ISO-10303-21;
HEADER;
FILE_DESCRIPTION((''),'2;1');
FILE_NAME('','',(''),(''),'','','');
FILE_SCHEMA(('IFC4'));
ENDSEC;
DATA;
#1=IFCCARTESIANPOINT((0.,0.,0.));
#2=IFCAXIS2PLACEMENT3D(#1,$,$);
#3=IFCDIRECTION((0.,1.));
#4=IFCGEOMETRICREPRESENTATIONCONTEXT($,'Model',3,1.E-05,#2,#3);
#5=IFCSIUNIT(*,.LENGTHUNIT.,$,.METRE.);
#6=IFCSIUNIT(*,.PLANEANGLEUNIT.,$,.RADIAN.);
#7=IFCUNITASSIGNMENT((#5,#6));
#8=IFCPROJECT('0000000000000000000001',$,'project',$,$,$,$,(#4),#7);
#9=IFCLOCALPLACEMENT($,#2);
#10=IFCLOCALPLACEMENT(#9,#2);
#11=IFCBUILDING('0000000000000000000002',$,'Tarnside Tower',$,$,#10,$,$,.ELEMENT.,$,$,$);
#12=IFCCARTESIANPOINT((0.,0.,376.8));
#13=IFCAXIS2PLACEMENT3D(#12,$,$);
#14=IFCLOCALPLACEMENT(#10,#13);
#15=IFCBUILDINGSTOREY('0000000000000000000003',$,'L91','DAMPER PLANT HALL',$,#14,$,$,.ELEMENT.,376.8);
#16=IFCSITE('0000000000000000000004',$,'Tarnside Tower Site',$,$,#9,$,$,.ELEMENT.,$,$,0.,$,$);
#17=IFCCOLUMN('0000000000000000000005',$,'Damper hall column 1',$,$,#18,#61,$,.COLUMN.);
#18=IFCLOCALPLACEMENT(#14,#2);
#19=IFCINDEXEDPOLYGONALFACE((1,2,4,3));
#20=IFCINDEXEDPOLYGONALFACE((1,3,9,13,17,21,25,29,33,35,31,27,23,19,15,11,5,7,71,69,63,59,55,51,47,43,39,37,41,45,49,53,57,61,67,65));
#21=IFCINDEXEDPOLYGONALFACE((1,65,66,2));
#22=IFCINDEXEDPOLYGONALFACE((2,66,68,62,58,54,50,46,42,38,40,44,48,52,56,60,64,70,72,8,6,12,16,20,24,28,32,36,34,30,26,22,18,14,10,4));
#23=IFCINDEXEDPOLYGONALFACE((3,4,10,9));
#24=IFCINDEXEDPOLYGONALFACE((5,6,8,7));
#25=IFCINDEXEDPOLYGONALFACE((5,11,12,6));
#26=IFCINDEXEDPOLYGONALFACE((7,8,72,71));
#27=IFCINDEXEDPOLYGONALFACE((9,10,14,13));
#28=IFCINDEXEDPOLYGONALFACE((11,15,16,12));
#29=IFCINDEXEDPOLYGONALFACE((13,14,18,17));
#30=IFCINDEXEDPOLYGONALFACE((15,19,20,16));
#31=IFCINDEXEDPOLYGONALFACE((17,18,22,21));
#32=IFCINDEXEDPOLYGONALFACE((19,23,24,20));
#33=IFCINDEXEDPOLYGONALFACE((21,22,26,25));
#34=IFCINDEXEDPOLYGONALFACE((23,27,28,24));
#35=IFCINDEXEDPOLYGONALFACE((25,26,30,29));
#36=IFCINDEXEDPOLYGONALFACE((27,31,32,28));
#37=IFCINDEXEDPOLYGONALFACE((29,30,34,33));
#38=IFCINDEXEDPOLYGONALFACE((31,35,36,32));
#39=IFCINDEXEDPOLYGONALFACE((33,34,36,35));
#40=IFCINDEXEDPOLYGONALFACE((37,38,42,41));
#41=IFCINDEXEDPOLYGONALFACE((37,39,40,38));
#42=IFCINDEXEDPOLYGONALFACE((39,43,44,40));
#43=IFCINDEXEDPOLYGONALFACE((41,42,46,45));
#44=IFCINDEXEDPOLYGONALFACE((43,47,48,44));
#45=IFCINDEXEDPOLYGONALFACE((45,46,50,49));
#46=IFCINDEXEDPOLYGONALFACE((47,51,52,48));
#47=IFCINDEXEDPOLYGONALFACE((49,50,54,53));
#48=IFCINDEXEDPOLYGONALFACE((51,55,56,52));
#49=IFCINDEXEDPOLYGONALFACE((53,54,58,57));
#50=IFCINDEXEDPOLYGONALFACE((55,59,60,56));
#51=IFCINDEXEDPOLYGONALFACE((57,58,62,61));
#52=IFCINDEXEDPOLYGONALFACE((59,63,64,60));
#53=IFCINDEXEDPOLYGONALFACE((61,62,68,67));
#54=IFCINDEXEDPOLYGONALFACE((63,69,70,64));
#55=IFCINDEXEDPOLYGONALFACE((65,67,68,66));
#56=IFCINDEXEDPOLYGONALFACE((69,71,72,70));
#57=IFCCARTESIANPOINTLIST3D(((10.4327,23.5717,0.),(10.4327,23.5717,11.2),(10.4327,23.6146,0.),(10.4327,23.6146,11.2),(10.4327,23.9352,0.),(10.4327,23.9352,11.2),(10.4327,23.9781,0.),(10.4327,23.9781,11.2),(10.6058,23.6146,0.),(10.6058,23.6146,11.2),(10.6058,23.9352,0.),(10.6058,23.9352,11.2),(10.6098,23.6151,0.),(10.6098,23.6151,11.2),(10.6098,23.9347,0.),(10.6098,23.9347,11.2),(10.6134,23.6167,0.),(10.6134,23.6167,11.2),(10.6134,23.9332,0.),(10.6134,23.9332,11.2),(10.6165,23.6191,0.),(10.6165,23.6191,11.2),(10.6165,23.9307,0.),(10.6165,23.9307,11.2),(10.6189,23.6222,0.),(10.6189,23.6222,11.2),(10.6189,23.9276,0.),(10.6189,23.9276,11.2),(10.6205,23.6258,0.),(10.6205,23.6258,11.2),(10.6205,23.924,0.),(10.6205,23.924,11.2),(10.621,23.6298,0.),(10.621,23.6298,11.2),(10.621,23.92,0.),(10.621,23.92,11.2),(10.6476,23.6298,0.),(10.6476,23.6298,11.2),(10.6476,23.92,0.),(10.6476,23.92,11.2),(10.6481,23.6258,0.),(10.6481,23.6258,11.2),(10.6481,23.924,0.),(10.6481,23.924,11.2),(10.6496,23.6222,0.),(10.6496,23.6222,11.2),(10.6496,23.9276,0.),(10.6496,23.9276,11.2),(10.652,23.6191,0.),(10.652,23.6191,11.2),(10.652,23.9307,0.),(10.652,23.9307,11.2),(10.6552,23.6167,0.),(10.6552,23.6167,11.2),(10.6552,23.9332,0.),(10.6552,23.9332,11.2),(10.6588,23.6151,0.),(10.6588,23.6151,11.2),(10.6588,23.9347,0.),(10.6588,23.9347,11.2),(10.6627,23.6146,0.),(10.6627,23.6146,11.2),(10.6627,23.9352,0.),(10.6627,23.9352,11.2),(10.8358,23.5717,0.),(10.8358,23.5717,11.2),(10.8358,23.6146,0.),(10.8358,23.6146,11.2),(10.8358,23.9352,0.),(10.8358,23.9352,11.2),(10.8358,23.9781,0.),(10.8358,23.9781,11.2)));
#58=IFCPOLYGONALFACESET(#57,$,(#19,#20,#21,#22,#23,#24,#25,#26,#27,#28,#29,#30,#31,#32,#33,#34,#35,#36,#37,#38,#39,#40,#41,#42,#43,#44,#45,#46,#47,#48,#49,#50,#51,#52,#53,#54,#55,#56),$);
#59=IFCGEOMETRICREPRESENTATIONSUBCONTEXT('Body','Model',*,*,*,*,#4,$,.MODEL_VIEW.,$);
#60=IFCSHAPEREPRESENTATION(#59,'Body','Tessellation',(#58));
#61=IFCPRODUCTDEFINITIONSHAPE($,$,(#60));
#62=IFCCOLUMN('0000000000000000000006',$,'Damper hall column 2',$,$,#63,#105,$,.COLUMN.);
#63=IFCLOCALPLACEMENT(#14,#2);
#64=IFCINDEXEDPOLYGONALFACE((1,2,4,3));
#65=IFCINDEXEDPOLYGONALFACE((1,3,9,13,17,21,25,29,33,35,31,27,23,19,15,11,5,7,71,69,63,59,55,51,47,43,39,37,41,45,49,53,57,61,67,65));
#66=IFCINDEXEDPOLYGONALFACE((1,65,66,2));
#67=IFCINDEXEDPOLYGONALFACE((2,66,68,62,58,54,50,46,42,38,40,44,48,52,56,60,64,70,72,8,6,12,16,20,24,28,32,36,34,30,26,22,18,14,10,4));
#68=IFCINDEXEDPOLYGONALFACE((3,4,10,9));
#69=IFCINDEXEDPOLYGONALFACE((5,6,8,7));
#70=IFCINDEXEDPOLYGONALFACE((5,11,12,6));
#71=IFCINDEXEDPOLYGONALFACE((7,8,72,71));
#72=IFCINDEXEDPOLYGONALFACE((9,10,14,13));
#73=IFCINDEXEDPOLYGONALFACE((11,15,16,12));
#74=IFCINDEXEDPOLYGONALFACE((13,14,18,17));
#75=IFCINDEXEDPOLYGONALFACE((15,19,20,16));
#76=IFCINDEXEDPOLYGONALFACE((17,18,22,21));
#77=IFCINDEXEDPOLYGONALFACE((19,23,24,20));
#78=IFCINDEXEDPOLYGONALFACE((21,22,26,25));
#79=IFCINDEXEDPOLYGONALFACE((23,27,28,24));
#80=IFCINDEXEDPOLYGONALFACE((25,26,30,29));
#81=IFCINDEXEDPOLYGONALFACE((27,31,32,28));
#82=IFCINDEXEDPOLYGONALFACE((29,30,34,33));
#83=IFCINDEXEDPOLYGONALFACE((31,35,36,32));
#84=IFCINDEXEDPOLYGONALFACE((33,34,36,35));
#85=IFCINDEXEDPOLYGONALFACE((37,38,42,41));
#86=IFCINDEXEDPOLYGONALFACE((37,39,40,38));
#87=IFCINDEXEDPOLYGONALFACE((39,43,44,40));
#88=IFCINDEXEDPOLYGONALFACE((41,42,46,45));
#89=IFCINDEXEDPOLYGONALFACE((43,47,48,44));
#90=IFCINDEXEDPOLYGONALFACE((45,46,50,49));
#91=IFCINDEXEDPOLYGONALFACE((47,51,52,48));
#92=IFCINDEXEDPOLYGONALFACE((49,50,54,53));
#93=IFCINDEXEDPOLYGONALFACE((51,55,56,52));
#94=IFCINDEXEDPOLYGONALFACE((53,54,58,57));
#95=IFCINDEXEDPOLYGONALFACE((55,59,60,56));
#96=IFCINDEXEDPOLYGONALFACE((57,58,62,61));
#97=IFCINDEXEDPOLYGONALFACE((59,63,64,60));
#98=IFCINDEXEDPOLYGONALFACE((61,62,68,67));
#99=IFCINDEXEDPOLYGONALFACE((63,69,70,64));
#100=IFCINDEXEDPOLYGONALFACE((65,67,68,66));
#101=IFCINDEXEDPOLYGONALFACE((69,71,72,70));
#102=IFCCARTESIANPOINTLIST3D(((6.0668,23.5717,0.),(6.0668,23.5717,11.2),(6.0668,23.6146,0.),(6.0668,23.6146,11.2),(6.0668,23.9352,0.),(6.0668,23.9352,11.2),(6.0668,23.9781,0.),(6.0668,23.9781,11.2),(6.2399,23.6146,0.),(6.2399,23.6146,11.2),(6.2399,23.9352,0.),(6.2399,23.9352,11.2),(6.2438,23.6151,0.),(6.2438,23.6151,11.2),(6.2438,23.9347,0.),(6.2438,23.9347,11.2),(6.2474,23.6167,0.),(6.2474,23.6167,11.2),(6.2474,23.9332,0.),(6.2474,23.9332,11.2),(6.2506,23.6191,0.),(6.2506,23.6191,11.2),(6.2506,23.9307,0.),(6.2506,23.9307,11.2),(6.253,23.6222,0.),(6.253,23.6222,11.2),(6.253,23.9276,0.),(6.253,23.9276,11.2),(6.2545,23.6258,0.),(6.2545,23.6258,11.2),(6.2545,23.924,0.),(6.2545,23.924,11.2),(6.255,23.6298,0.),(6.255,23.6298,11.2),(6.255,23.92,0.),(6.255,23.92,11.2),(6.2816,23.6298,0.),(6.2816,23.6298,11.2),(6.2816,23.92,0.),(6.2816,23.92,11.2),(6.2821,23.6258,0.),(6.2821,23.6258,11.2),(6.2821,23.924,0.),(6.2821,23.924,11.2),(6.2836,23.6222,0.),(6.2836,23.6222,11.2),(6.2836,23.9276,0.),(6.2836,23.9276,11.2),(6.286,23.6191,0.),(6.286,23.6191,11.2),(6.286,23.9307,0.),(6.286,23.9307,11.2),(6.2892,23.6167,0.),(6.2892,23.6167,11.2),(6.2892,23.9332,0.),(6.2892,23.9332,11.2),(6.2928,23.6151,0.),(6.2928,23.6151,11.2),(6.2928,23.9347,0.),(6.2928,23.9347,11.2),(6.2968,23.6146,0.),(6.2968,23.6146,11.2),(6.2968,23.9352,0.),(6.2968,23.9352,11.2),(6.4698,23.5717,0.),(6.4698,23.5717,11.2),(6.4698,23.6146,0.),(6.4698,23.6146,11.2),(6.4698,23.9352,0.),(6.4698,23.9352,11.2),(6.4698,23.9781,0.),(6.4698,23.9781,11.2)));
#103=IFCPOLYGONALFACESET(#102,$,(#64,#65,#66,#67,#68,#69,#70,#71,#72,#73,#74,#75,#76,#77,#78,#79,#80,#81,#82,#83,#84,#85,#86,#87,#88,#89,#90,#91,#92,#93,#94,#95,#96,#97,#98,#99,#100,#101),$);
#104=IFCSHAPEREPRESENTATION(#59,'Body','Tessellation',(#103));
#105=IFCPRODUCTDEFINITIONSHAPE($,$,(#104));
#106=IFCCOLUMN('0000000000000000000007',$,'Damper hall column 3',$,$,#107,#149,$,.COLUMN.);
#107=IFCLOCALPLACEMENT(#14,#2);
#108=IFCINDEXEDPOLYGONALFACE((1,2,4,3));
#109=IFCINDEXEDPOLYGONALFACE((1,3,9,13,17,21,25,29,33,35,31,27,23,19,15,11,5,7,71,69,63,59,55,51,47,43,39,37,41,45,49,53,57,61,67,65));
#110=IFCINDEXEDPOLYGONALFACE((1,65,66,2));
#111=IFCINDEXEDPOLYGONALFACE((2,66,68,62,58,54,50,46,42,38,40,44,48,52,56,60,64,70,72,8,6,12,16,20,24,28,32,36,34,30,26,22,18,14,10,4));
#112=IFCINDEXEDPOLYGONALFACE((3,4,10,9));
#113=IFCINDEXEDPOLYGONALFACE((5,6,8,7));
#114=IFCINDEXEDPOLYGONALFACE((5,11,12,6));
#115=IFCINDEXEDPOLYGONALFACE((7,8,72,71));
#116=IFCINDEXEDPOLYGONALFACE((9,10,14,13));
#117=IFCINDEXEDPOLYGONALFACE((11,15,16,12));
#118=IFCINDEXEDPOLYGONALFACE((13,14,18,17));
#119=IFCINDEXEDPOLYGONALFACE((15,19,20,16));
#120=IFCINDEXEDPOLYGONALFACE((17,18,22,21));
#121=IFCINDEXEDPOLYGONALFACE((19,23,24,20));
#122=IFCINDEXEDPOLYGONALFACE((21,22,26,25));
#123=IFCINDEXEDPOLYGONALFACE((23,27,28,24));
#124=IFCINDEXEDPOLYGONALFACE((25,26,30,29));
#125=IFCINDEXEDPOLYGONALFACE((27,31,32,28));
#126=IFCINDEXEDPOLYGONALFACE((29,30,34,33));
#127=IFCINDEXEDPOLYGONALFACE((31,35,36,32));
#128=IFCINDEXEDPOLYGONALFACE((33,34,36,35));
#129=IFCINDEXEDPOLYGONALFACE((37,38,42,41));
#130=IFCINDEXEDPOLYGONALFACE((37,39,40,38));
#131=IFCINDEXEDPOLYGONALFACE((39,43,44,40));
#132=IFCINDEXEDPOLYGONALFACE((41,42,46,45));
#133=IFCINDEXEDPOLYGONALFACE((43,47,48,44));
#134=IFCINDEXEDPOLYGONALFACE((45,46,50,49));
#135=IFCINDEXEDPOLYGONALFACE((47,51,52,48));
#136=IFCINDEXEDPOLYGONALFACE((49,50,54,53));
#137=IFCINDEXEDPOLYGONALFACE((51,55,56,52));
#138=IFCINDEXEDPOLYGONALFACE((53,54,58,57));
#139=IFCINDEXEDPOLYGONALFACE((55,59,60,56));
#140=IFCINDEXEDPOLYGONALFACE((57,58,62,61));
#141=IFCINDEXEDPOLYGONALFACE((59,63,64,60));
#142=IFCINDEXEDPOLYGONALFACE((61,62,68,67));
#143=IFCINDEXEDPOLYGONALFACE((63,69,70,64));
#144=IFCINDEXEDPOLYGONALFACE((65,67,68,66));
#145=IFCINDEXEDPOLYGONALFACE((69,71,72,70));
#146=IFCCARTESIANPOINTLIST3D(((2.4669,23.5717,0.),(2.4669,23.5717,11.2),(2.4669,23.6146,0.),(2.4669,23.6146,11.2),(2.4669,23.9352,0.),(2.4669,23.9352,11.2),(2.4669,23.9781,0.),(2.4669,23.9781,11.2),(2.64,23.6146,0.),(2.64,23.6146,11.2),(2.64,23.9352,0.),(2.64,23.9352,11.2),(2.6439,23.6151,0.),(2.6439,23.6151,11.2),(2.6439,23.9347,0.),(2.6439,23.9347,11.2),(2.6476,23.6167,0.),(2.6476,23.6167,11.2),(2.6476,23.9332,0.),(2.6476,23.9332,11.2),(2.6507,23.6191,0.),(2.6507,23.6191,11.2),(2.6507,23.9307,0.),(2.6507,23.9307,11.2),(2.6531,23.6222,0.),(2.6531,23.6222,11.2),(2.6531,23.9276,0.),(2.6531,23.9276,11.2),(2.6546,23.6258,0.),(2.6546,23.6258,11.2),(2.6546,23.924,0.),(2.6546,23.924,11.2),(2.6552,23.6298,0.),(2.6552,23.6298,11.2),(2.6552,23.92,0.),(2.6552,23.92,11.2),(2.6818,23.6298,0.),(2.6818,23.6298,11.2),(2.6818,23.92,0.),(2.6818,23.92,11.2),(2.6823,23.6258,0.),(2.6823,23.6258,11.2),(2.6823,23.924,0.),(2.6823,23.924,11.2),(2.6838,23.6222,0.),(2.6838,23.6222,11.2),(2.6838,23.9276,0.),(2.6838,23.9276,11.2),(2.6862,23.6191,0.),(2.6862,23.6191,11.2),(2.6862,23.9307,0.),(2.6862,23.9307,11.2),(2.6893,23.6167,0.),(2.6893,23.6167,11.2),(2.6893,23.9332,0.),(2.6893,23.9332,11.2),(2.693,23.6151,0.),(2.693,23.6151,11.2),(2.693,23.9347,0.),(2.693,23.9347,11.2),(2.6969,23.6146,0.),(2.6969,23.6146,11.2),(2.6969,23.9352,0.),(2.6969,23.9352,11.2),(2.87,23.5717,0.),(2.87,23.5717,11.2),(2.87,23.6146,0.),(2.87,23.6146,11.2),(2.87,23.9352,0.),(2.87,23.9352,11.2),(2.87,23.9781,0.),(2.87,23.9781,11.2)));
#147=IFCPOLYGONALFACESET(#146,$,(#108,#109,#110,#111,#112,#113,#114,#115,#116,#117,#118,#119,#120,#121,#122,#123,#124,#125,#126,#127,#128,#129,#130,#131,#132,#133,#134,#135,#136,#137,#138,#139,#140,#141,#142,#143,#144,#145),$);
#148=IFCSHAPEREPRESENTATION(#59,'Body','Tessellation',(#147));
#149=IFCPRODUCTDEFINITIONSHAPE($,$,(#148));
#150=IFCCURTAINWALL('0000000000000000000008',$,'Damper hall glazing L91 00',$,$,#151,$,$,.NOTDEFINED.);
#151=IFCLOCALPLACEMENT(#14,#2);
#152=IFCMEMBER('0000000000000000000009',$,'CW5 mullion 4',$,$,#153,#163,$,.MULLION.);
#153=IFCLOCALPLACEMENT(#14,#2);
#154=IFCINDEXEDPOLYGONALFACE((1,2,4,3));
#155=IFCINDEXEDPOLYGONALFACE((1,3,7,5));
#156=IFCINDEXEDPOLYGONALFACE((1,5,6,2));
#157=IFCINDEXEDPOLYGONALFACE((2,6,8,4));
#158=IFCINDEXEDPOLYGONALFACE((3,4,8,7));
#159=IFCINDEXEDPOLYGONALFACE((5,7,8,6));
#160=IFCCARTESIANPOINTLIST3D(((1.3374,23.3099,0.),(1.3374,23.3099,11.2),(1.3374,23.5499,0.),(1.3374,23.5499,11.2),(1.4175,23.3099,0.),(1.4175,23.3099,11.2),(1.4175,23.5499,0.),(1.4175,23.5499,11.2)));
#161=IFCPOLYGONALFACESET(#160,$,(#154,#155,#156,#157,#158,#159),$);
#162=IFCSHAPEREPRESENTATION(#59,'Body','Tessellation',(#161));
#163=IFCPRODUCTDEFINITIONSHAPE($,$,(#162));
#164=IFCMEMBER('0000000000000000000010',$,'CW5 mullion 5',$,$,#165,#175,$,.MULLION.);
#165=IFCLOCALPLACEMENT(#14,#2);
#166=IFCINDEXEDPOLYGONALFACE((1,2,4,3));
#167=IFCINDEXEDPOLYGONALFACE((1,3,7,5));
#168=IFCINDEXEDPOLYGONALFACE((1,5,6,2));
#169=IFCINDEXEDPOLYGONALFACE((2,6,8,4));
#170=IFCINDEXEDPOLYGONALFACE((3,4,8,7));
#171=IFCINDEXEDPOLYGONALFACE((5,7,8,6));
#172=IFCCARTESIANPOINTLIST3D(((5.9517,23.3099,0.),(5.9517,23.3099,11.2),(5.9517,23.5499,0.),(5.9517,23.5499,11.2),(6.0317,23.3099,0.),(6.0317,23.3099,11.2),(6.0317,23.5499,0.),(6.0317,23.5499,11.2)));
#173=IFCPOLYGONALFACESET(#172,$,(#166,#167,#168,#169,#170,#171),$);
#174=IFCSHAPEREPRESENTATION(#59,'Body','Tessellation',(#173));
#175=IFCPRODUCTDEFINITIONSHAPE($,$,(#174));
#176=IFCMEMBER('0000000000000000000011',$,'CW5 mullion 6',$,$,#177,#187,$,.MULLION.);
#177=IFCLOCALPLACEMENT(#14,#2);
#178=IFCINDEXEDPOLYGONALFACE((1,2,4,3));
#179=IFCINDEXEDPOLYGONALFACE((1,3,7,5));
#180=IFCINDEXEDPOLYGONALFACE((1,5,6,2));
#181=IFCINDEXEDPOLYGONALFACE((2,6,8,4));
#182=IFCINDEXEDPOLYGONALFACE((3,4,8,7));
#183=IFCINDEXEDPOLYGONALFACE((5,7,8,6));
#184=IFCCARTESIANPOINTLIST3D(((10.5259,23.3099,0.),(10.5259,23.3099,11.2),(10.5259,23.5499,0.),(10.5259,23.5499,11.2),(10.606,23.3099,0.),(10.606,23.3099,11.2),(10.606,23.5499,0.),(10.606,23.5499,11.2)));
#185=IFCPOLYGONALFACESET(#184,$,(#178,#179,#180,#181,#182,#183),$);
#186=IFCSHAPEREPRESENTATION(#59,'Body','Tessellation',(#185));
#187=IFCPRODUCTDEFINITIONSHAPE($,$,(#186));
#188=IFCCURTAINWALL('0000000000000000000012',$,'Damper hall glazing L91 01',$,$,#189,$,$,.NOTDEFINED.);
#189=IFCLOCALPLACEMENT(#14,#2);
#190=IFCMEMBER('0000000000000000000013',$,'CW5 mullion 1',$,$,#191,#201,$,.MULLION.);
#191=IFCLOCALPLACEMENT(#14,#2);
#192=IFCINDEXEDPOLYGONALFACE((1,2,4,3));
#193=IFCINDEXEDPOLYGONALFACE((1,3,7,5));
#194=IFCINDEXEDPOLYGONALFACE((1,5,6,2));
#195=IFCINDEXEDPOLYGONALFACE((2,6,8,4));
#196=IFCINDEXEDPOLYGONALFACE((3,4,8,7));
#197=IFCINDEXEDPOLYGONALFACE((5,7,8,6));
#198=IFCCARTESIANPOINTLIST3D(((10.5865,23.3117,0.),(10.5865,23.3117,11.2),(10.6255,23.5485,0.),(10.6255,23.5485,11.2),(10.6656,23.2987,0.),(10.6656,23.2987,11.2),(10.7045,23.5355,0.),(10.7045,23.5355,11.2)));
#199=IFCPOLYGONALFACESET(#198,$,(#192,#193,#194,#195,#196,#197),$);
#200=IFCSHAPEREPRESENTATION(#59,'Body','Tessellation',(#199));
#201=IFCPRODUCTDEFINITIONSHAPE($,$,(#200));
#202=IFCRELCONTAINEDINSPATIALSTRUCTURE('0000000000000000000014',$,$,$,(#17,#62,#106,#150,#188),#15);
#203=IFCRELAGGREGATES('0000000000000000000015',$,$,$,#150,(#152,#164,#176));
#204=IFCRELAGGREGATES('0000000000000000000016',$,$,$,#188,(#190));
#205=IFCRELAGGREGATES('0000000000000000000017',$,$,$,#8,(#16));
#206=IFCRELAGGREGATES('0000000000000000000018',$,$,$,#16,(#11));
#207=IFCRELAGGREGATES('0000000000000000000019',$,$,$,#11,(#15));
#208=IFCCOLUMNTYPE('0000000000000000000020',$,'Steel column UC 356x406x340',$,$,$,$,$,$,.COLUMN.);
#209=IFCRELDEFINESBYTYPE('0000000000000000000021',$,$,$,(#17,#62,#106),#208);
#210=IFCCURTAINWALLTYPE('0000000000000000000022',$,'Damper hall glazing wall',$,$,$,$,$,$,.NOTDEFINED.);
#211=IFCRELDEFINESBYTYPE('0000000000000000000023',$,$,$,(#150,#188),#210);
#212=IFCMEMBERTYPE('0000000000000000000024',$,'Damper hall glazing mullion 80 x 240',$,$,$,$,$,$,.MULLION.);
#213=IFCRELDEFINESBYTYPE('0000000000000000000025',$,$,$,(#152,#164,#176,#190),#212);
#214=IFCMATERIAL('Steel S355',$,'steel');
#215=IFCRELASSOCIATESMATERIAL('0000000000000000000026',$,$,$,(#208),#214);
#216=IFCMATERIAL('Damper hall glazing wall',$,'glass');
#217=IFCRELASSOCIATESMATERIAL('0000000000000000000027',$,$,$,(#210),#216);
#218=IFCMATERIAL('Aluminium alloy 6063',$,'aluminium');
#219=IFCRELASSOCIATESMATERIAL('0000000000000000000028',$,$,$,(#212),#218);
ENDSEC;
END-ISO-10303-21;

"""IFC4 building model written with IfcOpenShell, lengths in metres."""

from ifc_helpers import new_model, si_unit, direction, frame, origin, origin_2d, place, context, subcontext, project, spatial, rectangle, i_section, extrude, material, material_profile, profile_set, type_object, element, aggregate, save


model = new_model("IFC4")

# Units and contexts
model_context = context("Model", 3, precision=1e-05, world=origin(), true_north=direction((0.0, 1.0)))
body_context = subcontext(model_context, "Body", "Model", "MODEL_VIEW")
ifc_project = project(units=[si_unit("LENGTHUNIT", "METRE"), si_unit("PLANEANGLEUNIT", "RADIAN")], contexts=[model_context])

# Site, building, storey
site_placement = place(None, origin())
site = spatial("IfcSite", under=ifc_project, at=site_placement, Name="Tarnside Tower Site", CompositionType="ELEMENT", RefElevation=0.0)
building_placement = place(site_placement, origin())
building = spatial("IfcBuilding", under=site, at=building_placement, Name="Tarnside Tower", CompositionType="ELEMENT")
storey_placement = place(building_placement, frame((0.0, 0.0, 376.8)))
storey = spatial("IfcBuildingStorey", under=building, at=storey_placement, Name="L91", Description="DAMPER PLANT HALL", CompositionType="ELEMENT", Elevation=376.8)

# Columns
ifc_material_1 = material(Name="Steel S355", Category="steel")
ifc_material_profile_1 = material_profile(ifc_material_1, i_section(OverallWidth=0.4031, OverallDepth=0.4065, WebThickness=0.0266, FlangeThickness=0.043, FilletRadius=0.0151, at=origin_2d()), Name="UC 356x406x340")
ifc_profile_set_1 = profile_set([ifc_material_profile_1], Name="Steel S355")
column_type = type_object("IfcColumnType", Name="Steel column UC 356x406x340", PredefinedType="COLUMN", material=ifc_profile_set_1)
for number, where, z_axis, x_axis, name in (
    (1, (10.6343, 23.7749, 0.0), (0.0, 0.0, 1.0), (1.0, 0.0, 0.0), "Damper hall column 1"),
    (2, (6.2683, 23.7749, 0.0), (0.0, 0.0, 1.0), (1.0, 0.0, 0.0), "Damper hall column 2"),
    (3, (2.6685, 23.7749, 0.0), (0.0, 0.0, 1.0), (1.0, 0.0, 0.0), "Damper hall column 3"),
):
    element("IfcColumn", number, at=place(storey_placement, frame(where, z_axis=z_axis, x_axis=x_axis)), inside=storey, type_object=column_type, Name=name, PredefinedType="COLUMN", context=body_context, shape_type="SweptSolid", body=[
        extrude(i_section(OverallWidth=0.4031, OverallDepth=0.4065, WebThickness=0.0266, FlangeThickness=0.043, FilletRadius=0.0151, at=origin_2d()), origin(), (0.0, 0.0, 1.0), 11.2),
    ])

# Curtain walls, members
ifc_material_2 = material(Name="Damper hall glazing wall", Category="glass")
curtain_wall_type = type_object("IfcCurtainWallType", Name="Damper hall glazing wall", PredefinedType="NOTDEFINED", material=ifc_material_2)
curtain_wall_1_placement = place(storey_placement, origin())
curtain_wall_1 = element("IfcCurtainWall", 4, at=curtain_wall_1_placement, inside=storey, type_object=curtain_wall_type, Name="Damper hall glazing L91 00", PredefinedType="NOTDEFINED")
ifc_material_3 = material(Name="Aluminium alloy 6063", Category="aluminium")
ifc_material_profile_2 = material_profile(ifc_material_3, rectangle(XDim=0.24, YDim=0.0801, at=origin_2d()), Name="Damper hall glazing mullion 80 x 240")
ifc_profile_set_2 = profile_set([ifc_material_profile_2], Name="Aluminium alloy 6063")
member_type_1 = type_object("IfcMemberType", Name="Damper hall glazing mullion 80 x 240", PredefinedType="MULLION", material=ifc_profile_set_2)
member_1_placement = place(storey_placement, frame((1.3774, 23.4299, 0.0), z_axis=(0.0, 0.0, 1.0), x_axis=(0.0, 1.0, 0.0)))
member_1 = element("IfcMember", 5, at=member_1_placement, type_object=member_type_1, Name="CW5 mullion 4", PredefinedType="MULLION", context=body_context, shape_type="SweptSolid", body=[
    extrude(rectangle(XDim=0.24, YDim=0.0801, at=origin_2d()), origin(), (0.0, 0.0, 1.0), 11.2),
])
member_2_placement = place(storey_placement, frame((5.9917, 23.4299, 0.0), z_axis=(0.0, 0.0, 1.0), x_axis=(0.0, 1.0, 0.0)))
member_2 = element("IfcMember", 6, at=member_2_placement, type_object=member_type_1, Name="CW5 mullion 5", PredefinedType="MULLION", context=body_context, shape_type="SweptSolid", body=[
    extrude(rectangle(XDim=0.24, YDim=0.0801, at=origin_2d()), origin(), (0.0, 0.0, 1.0), 11.2),
])
member_3_placement = place(storey_placement, frame((10.5659, 23.4299, 0.0), z_axis=(0.0, 0.0, 1.0), x_axis=(0.0, 1.0, 0.0)))
member_3 = element("IfcMember", 7, at=member_3_placement, type_object=member_type_1, Name="CW5 mullion 6", PredefinedType="MULLION", context=body_context, shape_type="SweptSolid", body=[
    extrude(rectangle(XDim=0.24, YDim=0.0801, at=origin_2d()), origin(), (0.0, 0.0, 1.0), 11.2),
])
curtain_wall_2_placement = place(storey_placement, origin())
curtain_wall_2 = element("IfcCurtainWall", 8, at=curtain_wall_2_placement, inside=storey, type_object=curtain_wall_type, Name="Damper hall glazing L91 01", PredefinedType="NOTDEFINED")
member_4_placement = place(storey_placement, frame((10.6455, 23.4236, 0.0), z_axis=(0.0, 0.0, 1.0), x_axis=(0.162178, 0.986762, 0.0)))
member_4 = element("IfcMember", 9, at=member_4_placement, type_object=member_type_1, Name="CW5 mullion 1", PredefinedType="MULLION", context=body_context, shape_type="SweptSolid", body=[
    extrude(rectangle(XDim=0.24, YDim=0.0801, at=origin_2d()), origin(), (0.0, 0.0, 1.0), 11.2),
])

aggregate(curtain_wall_1, [member_1, member_2, member_3])
aggregate(curtain_wall_2, [member_4])

save(model, "model.ifc")
